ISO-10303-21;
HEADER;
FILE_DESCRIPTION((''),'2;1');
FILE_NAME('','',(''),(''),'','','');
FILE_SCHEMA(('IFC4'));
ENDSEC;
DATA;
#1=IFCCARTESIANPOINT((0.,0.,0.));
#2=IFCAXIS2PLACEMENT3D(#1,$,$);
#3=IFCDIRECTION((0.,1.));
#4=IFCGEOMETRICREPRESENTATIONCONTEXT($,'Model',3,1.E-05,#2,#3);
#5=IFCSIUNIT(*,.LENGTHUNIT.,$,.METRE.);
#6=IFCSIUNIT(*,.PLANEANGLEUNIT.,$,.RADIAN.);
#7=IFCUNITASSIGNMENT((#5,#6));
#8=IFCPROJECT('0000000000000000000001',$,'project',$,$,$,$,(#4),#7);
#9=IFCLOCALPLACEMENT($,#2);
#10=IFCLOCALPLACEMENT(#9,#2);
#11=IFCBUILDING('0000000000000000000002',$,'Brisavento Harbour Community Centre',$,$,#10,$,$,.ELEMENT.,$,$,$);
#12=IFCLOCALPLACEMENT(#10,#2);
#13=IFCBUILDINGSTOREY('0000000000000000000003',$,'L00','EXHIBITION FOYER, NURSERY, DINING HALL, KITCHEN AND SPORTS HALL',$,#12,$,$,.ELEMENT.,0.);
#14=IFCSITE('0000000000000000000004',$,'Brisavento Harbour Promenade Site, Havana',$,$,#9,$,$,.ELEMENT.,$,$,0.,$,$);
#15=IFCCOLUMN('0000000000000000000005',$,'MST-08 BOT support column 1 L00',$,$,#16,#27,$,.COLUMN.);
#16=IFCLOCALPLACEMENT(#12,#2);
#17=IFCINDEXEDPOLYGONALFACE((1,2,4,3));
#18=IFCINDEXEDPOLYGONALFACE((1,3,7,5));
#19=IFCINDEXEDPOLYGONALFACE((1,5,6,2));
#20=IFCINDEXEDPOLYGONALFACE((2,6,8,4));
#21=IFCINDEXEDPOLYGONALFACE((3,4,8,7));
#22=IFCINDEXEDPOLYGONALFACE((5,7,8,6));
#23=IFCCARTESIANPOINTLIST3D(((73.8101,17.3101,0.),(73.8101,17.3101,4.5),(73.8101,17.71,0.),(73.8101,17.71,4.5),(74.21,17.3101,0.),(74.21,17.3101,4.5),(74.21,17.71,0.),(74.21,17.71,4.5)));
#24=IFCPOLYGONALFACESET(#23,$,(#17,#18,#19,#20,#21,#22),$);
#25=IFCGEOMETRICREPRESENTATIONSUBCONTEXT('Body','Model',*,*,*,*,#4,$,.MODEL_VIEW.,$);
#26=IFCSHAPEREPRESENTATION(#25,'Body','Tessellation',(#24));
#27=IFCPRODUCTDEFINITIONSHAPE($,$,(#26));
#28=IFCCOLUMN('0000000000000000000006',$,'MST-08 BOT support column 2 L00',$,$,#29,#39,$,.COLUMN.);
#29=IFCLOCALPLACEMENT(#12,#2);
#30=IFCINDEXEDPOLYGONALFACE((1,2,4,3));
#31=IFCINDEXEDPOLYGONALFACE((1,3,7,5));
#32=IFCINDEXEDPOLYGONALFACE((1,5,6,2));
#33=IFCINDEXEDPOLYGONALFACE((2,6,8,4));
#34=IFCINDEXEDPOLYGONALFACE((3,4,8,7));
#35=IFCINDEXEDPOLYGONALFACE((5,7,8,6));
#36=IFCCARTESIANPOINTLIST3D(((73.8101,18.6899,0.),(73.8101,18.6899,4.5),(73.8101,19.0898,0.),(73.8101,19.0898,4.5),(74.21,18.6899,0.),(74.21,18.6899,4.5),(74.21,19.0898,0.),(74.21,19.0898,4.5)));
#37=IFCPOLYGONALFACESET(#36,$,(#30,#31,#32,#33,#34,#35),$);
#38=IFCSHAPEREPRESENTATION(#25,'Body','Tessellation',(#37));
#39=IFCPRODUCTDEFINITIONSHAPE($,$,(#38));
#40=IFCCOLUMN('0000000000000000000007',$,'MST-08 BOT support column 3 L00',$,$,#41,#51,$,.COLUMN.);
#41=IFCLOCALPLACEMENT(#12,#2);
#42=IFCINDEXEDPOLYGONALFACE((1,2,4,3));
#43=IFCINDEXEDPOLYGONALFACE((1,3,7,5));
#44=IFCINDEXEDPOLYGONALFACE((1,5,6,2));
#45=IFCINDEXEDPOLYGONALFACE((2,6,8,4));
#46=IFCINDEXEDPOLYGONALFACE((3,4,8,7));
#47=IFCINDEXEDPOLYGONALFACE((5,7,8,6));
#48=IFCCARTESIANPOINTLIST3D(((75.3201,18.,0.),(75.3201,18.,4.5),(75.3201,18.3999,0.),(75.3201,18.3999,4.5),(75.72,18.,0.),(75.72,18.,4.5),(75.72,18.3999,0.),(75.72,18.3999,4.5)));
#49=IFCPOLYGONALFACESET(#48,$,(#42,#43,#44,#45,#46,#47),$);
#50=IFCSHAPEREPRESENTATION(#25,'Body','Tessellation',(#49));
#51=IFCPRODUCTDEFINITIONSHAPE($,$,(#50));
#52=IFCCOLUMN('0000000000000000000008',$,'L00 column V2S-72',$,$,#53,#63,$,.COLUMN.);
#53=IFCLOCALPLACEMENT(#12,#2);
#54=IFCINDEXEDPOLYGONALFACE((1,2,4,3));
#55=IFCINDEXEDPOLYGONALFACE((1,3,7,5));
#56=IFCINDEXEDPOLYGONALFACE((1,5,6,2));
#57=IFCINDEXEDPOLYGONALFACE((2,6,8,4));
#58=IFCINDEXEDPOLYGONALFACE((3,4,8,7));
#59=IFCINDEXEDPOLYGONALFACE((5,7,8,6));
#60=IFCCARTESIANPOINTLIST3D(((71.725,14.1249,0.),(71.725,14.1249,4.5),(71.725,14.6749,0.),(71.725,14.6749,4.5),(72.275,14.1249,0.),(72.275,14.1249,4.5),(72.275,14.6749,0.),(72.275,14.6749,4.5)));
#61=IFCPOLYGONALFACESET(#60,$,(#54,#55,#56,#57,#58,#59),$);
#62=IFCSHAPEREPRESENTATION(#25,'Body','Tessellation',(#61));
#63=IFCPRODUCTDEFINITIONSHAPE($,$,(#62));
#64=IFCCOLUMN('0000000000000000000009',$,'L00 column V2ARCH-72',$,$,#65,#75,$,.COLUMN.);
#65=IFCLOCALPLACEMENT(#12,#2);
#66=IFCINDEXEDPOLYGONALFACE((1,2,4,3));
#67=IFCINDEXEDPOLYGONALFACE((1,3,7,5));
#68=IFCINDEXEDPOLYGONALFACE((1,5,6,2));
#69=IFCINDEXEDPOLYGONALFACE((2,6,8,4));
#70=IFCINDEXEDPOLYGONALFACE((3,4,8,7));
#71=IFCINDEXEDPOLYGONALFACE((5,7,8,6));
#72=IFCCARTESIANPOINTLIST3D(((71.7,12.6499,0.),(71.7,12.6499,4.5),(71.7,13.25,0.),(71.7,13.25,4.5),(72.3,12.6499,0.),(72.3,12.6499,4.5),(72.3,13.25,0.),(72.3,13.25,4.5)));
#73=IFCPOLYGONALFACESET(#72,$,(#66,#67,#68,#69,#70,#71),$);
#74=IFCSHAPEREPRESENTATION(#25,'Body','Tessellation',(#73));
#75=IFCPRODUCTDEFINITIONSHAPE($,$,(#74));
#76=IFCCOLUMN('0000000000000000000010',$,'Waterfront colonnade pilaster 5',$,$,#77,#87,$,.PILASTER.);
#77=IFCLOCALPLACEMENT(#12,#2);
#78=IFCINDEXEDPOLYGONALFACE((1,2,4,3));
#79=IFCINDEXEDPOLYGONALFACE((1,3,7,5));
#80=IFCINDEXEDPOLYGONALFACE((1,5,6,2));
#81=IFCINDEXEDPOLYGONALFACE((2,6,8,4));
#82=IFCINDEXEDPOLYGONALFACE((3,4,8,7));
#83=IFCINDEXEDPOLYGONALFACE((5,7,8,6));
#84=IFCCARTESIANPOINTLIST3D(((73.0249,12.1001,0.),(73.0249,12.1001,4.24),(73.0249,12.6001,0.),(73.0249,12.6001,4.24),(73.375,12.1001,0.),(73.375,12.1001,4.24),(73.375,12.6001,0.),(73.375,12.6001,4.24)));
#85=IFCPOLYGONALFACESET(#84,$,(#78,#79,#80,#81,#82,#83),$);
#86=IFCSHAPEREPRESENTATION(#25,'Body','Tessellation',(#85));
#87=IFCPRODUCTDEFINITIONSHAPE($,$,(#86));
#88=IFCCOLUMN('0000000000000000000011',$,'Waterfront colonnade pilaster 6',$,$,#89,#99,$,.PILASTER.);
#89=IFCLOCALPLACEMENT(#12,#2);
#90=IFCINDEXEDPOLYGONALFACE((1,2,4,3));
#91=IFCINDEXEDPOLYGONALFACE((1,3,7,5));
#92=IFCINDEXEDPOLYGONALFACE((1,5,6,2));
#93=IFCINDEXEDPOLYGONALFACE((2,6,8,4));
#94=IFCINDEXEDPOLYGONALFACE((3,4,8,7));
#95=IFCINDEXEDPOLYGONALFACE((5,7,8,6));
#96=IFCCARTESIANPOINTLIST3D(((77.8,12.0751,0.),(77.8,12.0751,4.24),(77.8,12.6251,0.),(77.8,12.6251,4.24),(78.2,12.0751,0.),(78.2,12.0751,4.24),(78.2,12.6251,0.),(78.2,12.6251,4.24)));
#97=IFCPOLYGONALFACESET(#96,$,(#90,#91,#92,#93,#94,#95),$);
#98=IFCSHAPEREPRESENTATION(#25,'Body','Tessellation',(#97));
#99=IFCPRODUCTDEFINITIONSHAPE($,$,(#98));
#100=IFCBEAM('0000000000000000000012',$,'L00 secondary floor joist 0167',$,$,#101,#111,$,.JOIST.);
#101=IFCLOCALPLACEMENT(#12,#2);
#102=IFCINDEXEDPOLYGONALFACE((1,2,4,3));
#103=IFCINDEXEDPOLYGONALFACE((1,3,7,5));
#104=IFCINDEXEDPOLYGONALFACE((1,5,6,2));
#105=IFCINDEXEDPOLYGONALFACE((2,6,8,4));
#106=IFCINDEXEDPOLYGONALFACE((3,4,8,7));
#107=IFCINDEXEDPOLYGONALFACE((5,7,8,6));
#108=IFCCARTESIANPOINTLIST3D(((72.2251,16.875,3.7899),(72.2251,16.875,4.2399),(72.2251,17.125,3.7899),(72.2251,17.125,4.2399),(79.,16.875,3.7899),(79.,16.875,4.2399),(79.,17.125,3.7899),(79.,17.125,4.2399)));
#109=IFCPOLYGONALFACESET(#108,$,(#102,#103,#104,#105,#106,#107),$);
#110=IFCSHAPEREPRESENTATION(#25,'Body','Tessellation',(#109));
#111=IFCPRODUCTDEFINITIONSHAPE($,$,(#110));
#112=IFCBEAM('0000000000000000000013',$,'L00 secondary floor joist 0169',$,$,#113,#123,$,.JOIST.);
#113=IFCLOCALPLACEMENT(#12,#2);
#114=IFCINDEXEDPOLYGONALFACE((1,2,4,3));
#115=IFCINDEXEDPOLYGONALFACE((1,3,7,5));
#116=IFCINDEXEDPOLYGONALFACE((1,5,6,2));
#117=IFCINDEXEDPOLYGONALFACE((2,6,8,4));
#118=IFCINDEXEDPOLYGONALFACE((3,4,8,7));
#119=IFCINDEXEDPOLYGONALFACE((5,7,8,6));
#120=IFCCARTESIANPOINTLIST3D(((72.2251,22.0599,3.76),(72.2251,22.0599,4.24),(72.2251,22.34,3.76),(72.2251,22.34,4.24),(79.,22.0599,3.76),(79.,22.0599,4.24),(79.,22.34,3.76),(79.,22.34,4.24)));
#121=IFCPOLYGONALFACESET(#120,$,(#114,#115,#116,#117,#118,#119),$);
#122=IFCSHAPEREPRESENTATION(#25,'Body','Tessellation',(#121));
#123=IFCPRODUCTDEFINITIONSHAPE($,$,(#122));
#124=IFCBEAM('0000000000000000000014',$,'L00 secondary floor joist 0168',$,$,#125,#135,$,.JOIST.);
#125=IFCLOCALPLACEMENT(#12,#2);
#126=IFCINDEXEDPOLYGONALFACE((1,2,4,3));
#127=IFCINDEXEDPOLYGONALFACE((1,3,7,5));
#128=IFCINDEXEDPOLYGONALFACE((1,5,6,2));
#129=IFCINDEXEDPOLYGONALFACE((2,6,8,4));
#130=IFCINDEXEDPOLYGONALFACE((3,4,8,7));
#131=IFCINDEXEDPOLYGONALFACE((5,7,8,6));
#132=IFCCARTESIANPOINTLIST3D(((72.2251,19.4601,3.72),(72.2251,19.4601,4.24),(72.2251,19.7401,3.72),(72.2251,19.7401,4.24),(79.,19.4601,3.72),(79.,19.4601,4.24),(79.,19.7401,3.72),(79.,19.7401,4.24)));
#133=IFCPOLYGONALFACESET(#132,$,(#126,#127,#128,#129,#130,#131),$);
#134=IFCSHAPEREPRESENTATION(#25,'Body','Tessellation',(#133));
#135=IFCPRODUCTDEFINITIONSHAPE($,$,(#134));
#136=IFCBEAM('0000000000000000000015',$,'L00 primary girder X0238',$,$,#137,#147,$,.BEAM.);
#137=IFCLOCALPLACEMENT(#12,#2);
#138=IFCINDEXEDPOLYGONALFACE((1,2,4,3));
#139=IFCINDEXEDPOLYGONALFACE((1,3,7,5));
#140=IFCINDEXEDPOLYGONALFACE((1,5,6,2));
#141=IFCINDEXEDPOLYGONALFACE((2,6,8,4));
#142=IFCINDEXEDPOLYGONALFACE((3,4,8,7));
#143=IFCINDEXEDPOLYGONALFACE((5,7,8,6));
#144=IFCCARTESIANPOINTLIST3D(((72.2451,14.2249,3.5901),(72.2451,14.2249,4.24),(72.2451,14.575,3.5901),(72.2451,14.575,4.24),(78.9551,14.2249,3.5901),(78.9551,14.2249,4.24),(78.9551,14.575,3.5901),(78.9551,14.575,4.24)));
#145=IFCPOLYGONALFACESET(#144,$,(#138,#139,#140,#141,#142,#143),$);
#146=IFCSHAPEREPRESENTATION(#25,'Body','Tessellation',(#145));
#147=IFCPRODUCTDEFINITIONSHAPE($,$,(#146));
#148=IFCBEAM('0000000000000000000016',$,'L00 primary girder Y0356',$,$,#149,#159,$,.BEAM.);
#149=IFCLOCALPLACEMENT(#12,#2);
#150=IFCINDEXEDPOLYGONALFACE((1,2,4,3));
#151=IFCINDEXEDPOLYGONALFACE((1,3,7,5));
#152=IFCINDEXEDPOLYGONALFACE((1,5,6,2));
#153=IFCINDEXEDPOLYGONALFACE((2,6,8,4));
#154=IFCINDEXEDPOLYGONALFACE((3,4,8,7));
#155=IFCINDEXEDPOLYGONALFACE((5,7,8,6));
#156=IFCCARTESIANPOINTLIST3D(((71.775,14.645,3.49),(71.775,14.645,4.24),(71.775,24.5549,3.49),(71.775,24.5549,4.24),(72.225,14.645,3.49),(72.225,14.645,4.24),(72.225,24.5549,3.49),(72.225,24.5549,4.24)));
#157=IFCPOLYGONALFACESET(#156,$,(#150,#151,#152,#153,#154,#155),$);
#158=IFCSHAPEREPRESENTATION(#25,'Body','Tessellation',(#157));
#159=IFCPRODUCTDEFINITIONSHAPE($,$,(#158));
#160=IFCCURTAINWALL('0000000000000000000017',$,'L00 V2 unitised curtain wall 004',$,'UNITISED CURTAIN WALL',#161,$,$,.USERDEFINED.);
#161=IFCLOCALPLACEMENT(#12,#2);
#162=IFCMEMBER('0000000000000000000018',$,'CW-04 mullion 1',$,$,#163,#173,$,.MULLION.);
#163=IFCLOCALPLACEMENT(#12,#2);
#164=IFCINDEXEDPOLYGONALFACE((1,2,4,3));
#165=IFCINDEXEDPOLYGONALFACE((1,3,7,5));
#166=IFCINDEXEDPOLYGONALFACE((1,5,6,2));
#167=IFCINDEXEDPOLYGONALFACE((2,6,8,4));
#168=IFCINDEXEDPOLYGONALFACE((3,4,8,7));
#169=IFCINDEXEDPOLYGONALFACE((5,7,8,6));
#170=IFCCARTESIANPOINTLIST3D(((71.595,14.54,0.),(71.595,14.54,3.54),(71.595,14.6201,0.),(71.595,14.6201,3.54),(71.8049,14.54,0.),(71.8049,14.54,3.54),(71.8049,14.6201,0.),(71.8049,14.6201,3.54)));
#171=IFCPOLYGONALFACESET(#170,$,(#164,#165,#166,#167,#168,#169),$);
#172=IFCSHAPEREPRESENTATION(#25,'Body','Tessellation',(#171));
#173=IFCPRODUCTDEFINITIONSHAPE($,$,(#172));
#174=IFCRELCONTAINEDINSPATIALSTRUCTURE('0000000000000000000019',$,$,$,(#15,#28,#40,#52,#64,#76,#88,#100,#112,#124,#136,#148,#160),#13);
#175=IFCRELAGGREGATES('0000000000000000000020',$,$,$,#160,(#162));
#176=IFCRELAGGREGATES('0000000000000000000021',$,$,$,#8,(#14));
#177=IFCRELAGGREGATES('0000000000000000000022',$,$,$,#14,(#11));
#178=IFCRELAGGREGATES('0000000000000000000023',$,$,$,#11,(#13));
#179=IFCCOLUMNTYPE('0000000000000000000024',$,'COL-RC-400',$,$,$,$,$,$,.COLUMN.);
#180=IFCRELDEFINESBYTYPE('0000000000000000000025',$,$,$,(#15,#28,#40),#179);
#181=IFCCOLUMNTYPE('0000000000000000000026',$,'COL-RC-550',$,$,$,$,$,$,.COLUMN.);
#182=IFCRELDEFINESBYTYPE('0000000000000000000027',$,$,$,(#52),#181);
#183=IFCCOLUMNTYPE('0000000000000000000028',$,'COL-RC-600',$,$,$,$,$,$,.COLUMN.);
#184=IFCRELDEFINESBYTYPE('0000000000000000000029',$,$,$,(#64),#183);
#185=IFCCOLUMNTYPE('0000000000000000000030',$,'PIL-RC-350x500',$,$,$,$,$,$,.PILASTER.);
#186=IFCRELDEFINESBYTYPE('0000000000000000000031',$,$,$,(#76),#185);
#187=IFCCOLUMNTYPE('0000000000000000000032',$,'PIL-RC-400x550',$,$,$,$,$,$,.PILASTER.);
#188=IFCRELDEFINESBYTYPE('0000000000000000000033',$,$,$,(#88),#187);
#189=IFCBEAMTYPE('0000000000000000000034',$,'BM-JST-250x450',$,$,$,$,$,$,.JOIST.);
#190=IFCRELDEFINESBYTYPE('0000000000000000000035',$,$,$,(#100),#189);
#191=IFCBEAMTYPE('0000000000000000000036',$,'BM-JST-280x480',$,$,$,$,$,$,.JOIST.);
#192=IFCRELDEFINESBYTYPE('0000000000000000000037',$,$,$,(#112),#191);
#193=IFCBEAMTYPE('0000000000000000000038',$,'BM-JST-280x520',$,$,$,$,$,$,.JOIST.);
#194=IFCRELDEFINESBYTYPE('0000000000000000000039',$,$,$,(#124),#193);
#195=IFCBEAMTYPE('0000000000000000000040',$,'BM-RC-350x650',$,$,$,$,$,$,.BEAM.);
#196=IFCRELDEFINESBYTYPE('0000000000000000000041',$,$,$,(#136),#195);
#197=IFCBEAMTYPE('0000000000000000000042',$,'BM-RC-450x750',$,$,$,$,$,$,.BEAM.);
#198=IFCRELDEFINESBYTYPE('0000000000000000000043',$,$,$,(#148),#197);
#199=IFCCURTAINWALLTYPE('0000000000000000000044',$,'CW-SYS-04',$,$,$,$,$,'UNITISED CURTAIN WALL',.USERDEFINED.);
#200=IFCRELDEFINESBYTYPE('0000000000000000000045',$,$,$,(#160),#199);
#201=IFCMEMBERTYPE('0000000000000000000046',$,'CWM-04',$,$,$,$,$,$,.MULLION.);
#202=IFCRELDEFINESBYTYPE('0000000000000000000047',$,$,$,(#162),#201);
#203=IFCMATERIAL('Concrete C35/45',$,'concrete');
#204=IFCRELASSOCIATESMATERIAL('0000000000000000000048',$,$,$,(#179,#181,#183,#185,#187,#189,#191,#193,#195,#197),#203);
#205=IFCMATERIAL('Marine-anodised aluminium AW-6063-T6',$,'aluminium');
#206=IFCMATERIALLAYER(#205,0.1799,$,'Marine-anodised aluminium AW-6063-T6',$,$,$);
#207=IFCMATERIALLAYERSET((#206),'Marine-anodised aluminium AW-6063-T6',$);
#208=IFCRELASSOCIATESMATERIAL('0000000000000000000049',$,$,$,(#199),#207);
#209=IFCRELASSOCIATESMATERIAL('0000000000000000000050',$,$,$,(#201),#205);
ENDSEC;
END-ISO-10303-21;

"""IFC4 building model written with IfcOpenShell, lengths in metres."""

from ifc_helpers import new_model, si_unit, direction, frame, origin, origin_2d, place, context, subcontext, project, spatial, rectangle, extrude, material, layer, layer_set, material_profile, profile_set, type_object, element, aggregate, save


model = new_model("IFC4")

# Units and contexts
model_context = context("Model", 3, precision=1e-05, world=origin(), true_north=direction((0.0, 1.0)))
body_context = subcontext(model_context, "Body", "Model", "MODEL_VIEW")
ifc_project = project(units=[si_unit("LENGTHUNIT", "METRE"), si_unit("PLANEANGLEUNIT", "RADIAN")], contexts=[model_context])

# Site, building, storey
site_placement = place(None, origin())
site = spatial("IfcSite", under=ifc_project, at=site_placement, Name="Brisavento Harbour Promenade Site, Havana", CompositionType="ELEMENT", RefElevation=0.0)
building_placement = place(site_placement, origin())
building = spatial("IfcBuilding", under=site, at=building_placement, Name="Brisavento Harbour Community Centre", CompositionType="ELEMENT")
storey_placement = place(building_placement, origin())
storey = spatial("IfcBuildingStorey", under=building, at=storey_placement, Name="L00", Description="EXHIBITION FOYER, NURSERY, DINING HALL, KITCHEN AND SPORTS HALL", CompositionType="ELEMENT", Elevation=0.0)

# Columns
ifc_material_1 = material(Name="Concrete C35/45", Category="concrete")
ifc_material_profile_1 = material_profile(ifc_material_1, rectangle(XDim=0.3999, YDim=0.3999, at=origin_2d()), Name="Concrete C35/45")
ifc_profile_set_1 = profile_set([ifc_material_profile_1], Name="Concrete C35/45")
column_type_1 = type_object("IfcColumnType", Name="COL-RC-400", PredefinedType="COLUMN", material=ifc_profile_set_1)
for number, where, z_axis, x_axis, name in (
    (1, (74.01, 17.51, 0.0), (0.0, 0.0, 1.0), (1.0, 0.0, 0.0), "MST-08 BOT support column 1 L00"),
    (2, (74.01, 18.8899, 0.0), (0.0, 0.0, 1.0), (1.0, 0.0, 0.0), "MST-08 BOT support column 2 L00"),
    (3, (75.52, 18.2, 0.0), (0.0, 0.0, 1.0), (1.0, 0.0, 0.0), "MST-08 BOT support column 3 L00"),
):
    element("IfcColumn", number, at=place(storey_placement, frame(where, z_axis=z_axis, x_axis=x_axis)), inside=storey, type_object=column_type_1, Name=name, PredefinedType="COLUMN", context=body_context, shape_type="SweptSolid", body=[
        extrude(rectangle(XDim=0.3999, YDim=0.3999, at=origin_2d()), origin(), (0.0, 0.0, 1.0), 4.5),
    ])
ifc_material_profile_2 = material_profile(ifc_material_1, rectangle(XDim=0.55, YDim=0.55, at=origin_2d()), Name="Concrete C35/45")
ifc_profile_set_2 = profile_set([ifc_material_profile_2], Name="Concrete C35/45")
column_type_2 = type_object("IfcColumnType", Name="COL-RC-550", PredefinedType="COLUMN", material=ifc_profile_set_2)
column_1_placement = place(storey_placement, frame((72.0, 14.3999, 0.0), z_axis=(0.0, 0.0, 1.0), x_axis=(1.0, 0.0, 0.0)))
element("IfcColumn", 4, at=column_1_placement, inside=storey, type_object=column_type_2, Name="L00 column V2S-72", PredefinedType="COLUMN", context=body_context, shape_type="SweptSolid", body=[
    extrude(rectangle(XDim=0.55, YDim=0.55, at=origin_2d()), origin(), (0.0, 0.0, 1.0), 4.5),
])
ifc_material_profile_3 = material_profile(ifc_material_1, rectangle(XDim=0.6001, YDim=0.6001, at=origin_2d()), Name="Concrete C35/45")
ifc_profile_set_3 = profile_set([ifc_material_profile_3], Name="Concrete C35/45")
column_type_3 = type_object("IfcColumnType", Name="COL-RC-600", PredefinedType="COLUMN", material=ifc_profile_set_3)
column_2_placement = place(storey_placement, frame((72.0, 12.95, 0.0), z_axis=(0.0, 0.0, 1.0), x_axis=(1.0, 0.0, 0.0)))
element("IfcColumn", 5, at=column_2_placement, inside=storey, type_object=column_type_3, Name="L00 column V2ARCH-72", PredefinedType="COLUMN", context=body_context, shape_type="SweptSolid", body=[
    extrude(rectangle(XDim=0.6001, YDim=0.6001, at=origin_2d()), origin(), (0.0, 0.0, 1.0), 4.5),
])
ifc_material_profile_4 = material_profile(ifc_material_1, rectangle(XDim=0.3501, YDim=0.5, at=origin_2d()), Name="Concrete C35/45")
ifc_profile_set_4 = profile_set([ifc_material_profile_4], Name="Concrete C35/45")
column_type_4 = type_object("IfcColumnType", Name="PIL-RC-350x500", PredefinedType="PILASTER", material=ifc_profile_set_4)
column_3_placement = place(storey_placement, frame((73.2, 12.3501, 0.0), z_axis=(0.0, 0.0, 1.0), x_axis=(1.0, 0.0, 0.0)))
element("IfcColumn", 6, at=column_3_placement, inside=storey, type_object=column_type_4, Name="Waterfront colonnade pilaster 5", PredefinedType="PILASTER", context=body_context, shape_type="SweptSolid", body=[
    extrude(rectangle(XDim=0.3501, YDim=0.5, at=origin_2d()), origin(), (0.0, 0.0, 1.0), 4.24),
])
ifc_material_profile_5 = material_profile(ifc_material_1, rectangle(XDim=0.3999, YDim=0.55, at=origin_2d()), Name="Concrete C35/45")
ifc_profile_set_5 = profile_set([ifc_material_profile_5], Name="Concrete C35/45")
column_type_5 = type_object("IfcColumnType", Name="PIL-RC-400x550", PredefinedType="PILASTER", material=ifc_profile_set_5)
column_4_placement = place(storey_placement, frame((78.0, 12.3501, 0.0), z_axis=(0.0, 0.0, 1.0), x_axis=(1.0, 0.0, 0.0)))
element("IfcColumn", 7, at=column_4_placement, inside=storey, type_object=column_type_5, Name="Waterfront colonnade pilaster 6", PredefinedType="PILASTER", context=body_context, shape_type="SweptSolid", body=[
    extrude(rectangle(XDim=0.3999, YDim=0.55, at=origin_2d()), origin(), (0.0, 0.0, 1.0), 4.24),
])

# Beams
ifc_material_profile_6 = material_profile(ifc_material_1, rectangle(XDim=0.25, YDim=0.45, at=origin_2d()), Name="Concrete C35/45")
ifc_profile_set_6 = profile_set([ifc_material_profile_6], Name="Concrete C35/45")
beam_type_1 = type_object("IfcBeamType", Name="BM-JST-250x450", PredefinedType="JOIST", material=ifc_profile_set_6)
beam_1_placement = place(storey_placement, frame((72.2251, 17.0, 4.0149), z_axis=(1.0, 0.0, 0.0), x_axis=(0.0, 1.0, 0.0)))
element("IfcBeam", 8, at=beam_1_placement, inside=storey, type_object=beam_type_1, Name="L00 secondary floor joist 0167", PredefinedType="JOIST", context=body_context, shape_type="SweptSolid", body=[
    extrude(rectangle(XDim=0.25, YDim=0.45, at=origin_2d()), origin(), (0.0, 0.0, 1.0), 6.7749),
])
ifc_material_profile_7 = material_profile(ifc_material_1, rectangle(XDim=0.28, YDim=0.48, at=origin_2d()), Name="Concrete C35/45")
ifc_profile_set_7 = profile_set([ifc_material_profile_7], Name="Concrete C35/45")
beam_type_2 = type_object("IfcBeamType", Name="BM-JST-280x480", PredefinedType="JOIST", material=ifc_profile_set_7)
beam_2_placement = place(storey_placement, frame((72.2251, 22.2, 4.0), z_axis=(1.0, 0.0, 0.0), x_axis=(0.0, 1.0, 0.0)))
element("IfcBeam", 9, at=beam_2_placement, inside=storey, type_object=beam_type_2, Name="L00 secondary floor joist 0169", PredefinedType="JOIST", context=body_context, shape_type="SweptSolid", body=[
    extrude(rectangle(XDim=0.28, YDim=0.48, at=origin_2d()), origin(), (0.0, 0.0, 1.0), 6.7749),
])
ifc_material_profile_8 = material_profile(ifc_material_1, rectangle(XDim=0.28, YDim=0.52, at=origin_2d()), Name="Concrete C35/45")
ifc_profile_set_8 = profile_set([ifc_material_profile_8], Name="Concrete C35/45")
beam_type_3 = type_object("IfcBeamType", Name="BM-JST-280x520", PredefinedType="JOIST", material=ifc_profile_set_8)
beam_3_placement = place(storey_placement, frame((72.2251, 19.6001, 3.98), z_axis=(1.0, 0.0, 0.0), x_axis=(0.0, 1.0, 0.0)))
element("IfcBeam", 10, at=beam_3_placement, inside=storey, type_object=beam_type_3, Name="L00 secondary floor joist 0168", PredefinedType="JOIST", context=body_context, shape_type="SweptSolid", body=[
    extrude(rectangle(XDim=0.28, YDim=0.52, at=origin_2d()), origin(), (0.0, 0.0, 1.0), 6.7749),
])
ifc_material_profile_9 = material_profile(ifc_material_1, rectangle(XDim=0.3501, YDim=0.6499, at=origin_2d()), Name="Concrete C35/45")
ifc_profile_set_9 = profile_set([ifc_material_profile_9], Name="Concrete C35/45")
beam_type_4 = type_object("IfcBeamType", Name="BM-RC-350x650", PredefinedType="BEAM", material=ifc_profile_set_9)
beam_4_placement = place(storey_placement, frame((72.2451, 14.3999, 3.915), z_axis=(1.0, 0.0, 0.0), x_axis=(0.0, 1.0, 0.0)))
element("IfcBeam", 11, at=beam_4_placement, inside=storey, type_object=beam_type_4, Name="L00 primary girder X0238", PredefinedType="BEAM", context=body_context, shape_type="SweptSolid", body=[
    extrude(rectangle(XDim=0.3501, YDim=0.6499, at=origin_2d()), origin(), (0.0, 0.0, 1.0), 6.71),
])
ifc_material_profile_10 = material_profile(ifc_material_1, rectangle(XDim=0.45, YDim=0.75, at=origin_2d()), Name="Concrete C35/45")
ifc_profile_set_10 = profile_set([ifc_material_profile_10], Name="Concrete C35/45")
beam_type_5 = type_object("IfcBeamType", Name="BM-RC-450x750", PredefinedType="BEAM", material=ifc_profile_set_10)
beam_5_placement = place(storey_placement, frame((72.0, 14.645, 3.865), z_axis=(0.0, 1.0, 0.0), x_axis=(-1.0, 0.0, 0.0)))
element("IfcBeam", 12, at=beam_5_placement, inside=storey, type_object=beam_type_5, Name="L00 primary girder Y0356", PredefinedType="BEAM", context=body_context, shape_type="SweptSolid", body=[
    extrude(rectangle(XDim=0.45, YDim=0.75, at=origin_2d()), origin(), (0.0, 0.0, 1.0), 9.9099),
])

# Curtain wall, member
ifc_material_2 = material(Name="Marine-anodised aluminium AW-6063-T6", Category="aluminium")
ifc_layer_1 = layer(ifc_material_2, 0.1799, Name="Marine-anodised aluminium AW-6063-T6")
ifc_layer_set_1 = layer_set([ifc_layer_1], Name="Marine-anodised aluminium AW-6063-T6")
curtain_wall_type = type_object("IfcCurtainWallType", Name="CW-SYS-04", ElementType="UNITISED CURTAIN WALL", PredefinedType="USERDEFINED", material=ifc_layer_set_1)
curtain_wall_placement = place(storey_placement, origin())
curtain_wall = element("IfcCurtainWall", 13, at=curtain_wall_placement, inside=storey, type_object=curtain_wall_type, Name="L00 V2 unitised curtain wall 004", ObjectType="UNITISED CURTAIN WALL", PredefinedType="USERDEFINED")
ifc_material_profile_11 = material_profile(ifc_material_2, rectangle(XDim=0.0801, YDim=0.21, at=origin_2d()), Name="Marine-anodised aluminium AW-6063-T6")
ifc_profile_set_11 = profile_set([ifc_material_profile_11], Name="Marine-anodised aluminium AW-6063-T6")
member_type_1 = type_object("IfcMemberType", Name="CWM-04", PredefinedType="MULLION", material=ifc_profile_set_11)
member_1_placement = place(storey_placement, frame((71.7, 14.5801, 0.0), z_axis=(0.0, 0.0, 1.0), x_axis=(0.0, -1.0, 0.0)))
member_1 = element("IfcMember", 14, at=member_1_placement, type_object=member_type_1, Name="CW-04 mullion 1", PredefinedType="MULLION", context=body_context, shape_type="SweptSolid", body=[
    extrude(rectangle(XDim=0.0801, YDim=0.21, at=origin_2d()), origin(), (0.0, 0.0, 1.0), 3.54),
])
aggregate(curtain_wall, [member_1])

save(model, "model.ifc")
